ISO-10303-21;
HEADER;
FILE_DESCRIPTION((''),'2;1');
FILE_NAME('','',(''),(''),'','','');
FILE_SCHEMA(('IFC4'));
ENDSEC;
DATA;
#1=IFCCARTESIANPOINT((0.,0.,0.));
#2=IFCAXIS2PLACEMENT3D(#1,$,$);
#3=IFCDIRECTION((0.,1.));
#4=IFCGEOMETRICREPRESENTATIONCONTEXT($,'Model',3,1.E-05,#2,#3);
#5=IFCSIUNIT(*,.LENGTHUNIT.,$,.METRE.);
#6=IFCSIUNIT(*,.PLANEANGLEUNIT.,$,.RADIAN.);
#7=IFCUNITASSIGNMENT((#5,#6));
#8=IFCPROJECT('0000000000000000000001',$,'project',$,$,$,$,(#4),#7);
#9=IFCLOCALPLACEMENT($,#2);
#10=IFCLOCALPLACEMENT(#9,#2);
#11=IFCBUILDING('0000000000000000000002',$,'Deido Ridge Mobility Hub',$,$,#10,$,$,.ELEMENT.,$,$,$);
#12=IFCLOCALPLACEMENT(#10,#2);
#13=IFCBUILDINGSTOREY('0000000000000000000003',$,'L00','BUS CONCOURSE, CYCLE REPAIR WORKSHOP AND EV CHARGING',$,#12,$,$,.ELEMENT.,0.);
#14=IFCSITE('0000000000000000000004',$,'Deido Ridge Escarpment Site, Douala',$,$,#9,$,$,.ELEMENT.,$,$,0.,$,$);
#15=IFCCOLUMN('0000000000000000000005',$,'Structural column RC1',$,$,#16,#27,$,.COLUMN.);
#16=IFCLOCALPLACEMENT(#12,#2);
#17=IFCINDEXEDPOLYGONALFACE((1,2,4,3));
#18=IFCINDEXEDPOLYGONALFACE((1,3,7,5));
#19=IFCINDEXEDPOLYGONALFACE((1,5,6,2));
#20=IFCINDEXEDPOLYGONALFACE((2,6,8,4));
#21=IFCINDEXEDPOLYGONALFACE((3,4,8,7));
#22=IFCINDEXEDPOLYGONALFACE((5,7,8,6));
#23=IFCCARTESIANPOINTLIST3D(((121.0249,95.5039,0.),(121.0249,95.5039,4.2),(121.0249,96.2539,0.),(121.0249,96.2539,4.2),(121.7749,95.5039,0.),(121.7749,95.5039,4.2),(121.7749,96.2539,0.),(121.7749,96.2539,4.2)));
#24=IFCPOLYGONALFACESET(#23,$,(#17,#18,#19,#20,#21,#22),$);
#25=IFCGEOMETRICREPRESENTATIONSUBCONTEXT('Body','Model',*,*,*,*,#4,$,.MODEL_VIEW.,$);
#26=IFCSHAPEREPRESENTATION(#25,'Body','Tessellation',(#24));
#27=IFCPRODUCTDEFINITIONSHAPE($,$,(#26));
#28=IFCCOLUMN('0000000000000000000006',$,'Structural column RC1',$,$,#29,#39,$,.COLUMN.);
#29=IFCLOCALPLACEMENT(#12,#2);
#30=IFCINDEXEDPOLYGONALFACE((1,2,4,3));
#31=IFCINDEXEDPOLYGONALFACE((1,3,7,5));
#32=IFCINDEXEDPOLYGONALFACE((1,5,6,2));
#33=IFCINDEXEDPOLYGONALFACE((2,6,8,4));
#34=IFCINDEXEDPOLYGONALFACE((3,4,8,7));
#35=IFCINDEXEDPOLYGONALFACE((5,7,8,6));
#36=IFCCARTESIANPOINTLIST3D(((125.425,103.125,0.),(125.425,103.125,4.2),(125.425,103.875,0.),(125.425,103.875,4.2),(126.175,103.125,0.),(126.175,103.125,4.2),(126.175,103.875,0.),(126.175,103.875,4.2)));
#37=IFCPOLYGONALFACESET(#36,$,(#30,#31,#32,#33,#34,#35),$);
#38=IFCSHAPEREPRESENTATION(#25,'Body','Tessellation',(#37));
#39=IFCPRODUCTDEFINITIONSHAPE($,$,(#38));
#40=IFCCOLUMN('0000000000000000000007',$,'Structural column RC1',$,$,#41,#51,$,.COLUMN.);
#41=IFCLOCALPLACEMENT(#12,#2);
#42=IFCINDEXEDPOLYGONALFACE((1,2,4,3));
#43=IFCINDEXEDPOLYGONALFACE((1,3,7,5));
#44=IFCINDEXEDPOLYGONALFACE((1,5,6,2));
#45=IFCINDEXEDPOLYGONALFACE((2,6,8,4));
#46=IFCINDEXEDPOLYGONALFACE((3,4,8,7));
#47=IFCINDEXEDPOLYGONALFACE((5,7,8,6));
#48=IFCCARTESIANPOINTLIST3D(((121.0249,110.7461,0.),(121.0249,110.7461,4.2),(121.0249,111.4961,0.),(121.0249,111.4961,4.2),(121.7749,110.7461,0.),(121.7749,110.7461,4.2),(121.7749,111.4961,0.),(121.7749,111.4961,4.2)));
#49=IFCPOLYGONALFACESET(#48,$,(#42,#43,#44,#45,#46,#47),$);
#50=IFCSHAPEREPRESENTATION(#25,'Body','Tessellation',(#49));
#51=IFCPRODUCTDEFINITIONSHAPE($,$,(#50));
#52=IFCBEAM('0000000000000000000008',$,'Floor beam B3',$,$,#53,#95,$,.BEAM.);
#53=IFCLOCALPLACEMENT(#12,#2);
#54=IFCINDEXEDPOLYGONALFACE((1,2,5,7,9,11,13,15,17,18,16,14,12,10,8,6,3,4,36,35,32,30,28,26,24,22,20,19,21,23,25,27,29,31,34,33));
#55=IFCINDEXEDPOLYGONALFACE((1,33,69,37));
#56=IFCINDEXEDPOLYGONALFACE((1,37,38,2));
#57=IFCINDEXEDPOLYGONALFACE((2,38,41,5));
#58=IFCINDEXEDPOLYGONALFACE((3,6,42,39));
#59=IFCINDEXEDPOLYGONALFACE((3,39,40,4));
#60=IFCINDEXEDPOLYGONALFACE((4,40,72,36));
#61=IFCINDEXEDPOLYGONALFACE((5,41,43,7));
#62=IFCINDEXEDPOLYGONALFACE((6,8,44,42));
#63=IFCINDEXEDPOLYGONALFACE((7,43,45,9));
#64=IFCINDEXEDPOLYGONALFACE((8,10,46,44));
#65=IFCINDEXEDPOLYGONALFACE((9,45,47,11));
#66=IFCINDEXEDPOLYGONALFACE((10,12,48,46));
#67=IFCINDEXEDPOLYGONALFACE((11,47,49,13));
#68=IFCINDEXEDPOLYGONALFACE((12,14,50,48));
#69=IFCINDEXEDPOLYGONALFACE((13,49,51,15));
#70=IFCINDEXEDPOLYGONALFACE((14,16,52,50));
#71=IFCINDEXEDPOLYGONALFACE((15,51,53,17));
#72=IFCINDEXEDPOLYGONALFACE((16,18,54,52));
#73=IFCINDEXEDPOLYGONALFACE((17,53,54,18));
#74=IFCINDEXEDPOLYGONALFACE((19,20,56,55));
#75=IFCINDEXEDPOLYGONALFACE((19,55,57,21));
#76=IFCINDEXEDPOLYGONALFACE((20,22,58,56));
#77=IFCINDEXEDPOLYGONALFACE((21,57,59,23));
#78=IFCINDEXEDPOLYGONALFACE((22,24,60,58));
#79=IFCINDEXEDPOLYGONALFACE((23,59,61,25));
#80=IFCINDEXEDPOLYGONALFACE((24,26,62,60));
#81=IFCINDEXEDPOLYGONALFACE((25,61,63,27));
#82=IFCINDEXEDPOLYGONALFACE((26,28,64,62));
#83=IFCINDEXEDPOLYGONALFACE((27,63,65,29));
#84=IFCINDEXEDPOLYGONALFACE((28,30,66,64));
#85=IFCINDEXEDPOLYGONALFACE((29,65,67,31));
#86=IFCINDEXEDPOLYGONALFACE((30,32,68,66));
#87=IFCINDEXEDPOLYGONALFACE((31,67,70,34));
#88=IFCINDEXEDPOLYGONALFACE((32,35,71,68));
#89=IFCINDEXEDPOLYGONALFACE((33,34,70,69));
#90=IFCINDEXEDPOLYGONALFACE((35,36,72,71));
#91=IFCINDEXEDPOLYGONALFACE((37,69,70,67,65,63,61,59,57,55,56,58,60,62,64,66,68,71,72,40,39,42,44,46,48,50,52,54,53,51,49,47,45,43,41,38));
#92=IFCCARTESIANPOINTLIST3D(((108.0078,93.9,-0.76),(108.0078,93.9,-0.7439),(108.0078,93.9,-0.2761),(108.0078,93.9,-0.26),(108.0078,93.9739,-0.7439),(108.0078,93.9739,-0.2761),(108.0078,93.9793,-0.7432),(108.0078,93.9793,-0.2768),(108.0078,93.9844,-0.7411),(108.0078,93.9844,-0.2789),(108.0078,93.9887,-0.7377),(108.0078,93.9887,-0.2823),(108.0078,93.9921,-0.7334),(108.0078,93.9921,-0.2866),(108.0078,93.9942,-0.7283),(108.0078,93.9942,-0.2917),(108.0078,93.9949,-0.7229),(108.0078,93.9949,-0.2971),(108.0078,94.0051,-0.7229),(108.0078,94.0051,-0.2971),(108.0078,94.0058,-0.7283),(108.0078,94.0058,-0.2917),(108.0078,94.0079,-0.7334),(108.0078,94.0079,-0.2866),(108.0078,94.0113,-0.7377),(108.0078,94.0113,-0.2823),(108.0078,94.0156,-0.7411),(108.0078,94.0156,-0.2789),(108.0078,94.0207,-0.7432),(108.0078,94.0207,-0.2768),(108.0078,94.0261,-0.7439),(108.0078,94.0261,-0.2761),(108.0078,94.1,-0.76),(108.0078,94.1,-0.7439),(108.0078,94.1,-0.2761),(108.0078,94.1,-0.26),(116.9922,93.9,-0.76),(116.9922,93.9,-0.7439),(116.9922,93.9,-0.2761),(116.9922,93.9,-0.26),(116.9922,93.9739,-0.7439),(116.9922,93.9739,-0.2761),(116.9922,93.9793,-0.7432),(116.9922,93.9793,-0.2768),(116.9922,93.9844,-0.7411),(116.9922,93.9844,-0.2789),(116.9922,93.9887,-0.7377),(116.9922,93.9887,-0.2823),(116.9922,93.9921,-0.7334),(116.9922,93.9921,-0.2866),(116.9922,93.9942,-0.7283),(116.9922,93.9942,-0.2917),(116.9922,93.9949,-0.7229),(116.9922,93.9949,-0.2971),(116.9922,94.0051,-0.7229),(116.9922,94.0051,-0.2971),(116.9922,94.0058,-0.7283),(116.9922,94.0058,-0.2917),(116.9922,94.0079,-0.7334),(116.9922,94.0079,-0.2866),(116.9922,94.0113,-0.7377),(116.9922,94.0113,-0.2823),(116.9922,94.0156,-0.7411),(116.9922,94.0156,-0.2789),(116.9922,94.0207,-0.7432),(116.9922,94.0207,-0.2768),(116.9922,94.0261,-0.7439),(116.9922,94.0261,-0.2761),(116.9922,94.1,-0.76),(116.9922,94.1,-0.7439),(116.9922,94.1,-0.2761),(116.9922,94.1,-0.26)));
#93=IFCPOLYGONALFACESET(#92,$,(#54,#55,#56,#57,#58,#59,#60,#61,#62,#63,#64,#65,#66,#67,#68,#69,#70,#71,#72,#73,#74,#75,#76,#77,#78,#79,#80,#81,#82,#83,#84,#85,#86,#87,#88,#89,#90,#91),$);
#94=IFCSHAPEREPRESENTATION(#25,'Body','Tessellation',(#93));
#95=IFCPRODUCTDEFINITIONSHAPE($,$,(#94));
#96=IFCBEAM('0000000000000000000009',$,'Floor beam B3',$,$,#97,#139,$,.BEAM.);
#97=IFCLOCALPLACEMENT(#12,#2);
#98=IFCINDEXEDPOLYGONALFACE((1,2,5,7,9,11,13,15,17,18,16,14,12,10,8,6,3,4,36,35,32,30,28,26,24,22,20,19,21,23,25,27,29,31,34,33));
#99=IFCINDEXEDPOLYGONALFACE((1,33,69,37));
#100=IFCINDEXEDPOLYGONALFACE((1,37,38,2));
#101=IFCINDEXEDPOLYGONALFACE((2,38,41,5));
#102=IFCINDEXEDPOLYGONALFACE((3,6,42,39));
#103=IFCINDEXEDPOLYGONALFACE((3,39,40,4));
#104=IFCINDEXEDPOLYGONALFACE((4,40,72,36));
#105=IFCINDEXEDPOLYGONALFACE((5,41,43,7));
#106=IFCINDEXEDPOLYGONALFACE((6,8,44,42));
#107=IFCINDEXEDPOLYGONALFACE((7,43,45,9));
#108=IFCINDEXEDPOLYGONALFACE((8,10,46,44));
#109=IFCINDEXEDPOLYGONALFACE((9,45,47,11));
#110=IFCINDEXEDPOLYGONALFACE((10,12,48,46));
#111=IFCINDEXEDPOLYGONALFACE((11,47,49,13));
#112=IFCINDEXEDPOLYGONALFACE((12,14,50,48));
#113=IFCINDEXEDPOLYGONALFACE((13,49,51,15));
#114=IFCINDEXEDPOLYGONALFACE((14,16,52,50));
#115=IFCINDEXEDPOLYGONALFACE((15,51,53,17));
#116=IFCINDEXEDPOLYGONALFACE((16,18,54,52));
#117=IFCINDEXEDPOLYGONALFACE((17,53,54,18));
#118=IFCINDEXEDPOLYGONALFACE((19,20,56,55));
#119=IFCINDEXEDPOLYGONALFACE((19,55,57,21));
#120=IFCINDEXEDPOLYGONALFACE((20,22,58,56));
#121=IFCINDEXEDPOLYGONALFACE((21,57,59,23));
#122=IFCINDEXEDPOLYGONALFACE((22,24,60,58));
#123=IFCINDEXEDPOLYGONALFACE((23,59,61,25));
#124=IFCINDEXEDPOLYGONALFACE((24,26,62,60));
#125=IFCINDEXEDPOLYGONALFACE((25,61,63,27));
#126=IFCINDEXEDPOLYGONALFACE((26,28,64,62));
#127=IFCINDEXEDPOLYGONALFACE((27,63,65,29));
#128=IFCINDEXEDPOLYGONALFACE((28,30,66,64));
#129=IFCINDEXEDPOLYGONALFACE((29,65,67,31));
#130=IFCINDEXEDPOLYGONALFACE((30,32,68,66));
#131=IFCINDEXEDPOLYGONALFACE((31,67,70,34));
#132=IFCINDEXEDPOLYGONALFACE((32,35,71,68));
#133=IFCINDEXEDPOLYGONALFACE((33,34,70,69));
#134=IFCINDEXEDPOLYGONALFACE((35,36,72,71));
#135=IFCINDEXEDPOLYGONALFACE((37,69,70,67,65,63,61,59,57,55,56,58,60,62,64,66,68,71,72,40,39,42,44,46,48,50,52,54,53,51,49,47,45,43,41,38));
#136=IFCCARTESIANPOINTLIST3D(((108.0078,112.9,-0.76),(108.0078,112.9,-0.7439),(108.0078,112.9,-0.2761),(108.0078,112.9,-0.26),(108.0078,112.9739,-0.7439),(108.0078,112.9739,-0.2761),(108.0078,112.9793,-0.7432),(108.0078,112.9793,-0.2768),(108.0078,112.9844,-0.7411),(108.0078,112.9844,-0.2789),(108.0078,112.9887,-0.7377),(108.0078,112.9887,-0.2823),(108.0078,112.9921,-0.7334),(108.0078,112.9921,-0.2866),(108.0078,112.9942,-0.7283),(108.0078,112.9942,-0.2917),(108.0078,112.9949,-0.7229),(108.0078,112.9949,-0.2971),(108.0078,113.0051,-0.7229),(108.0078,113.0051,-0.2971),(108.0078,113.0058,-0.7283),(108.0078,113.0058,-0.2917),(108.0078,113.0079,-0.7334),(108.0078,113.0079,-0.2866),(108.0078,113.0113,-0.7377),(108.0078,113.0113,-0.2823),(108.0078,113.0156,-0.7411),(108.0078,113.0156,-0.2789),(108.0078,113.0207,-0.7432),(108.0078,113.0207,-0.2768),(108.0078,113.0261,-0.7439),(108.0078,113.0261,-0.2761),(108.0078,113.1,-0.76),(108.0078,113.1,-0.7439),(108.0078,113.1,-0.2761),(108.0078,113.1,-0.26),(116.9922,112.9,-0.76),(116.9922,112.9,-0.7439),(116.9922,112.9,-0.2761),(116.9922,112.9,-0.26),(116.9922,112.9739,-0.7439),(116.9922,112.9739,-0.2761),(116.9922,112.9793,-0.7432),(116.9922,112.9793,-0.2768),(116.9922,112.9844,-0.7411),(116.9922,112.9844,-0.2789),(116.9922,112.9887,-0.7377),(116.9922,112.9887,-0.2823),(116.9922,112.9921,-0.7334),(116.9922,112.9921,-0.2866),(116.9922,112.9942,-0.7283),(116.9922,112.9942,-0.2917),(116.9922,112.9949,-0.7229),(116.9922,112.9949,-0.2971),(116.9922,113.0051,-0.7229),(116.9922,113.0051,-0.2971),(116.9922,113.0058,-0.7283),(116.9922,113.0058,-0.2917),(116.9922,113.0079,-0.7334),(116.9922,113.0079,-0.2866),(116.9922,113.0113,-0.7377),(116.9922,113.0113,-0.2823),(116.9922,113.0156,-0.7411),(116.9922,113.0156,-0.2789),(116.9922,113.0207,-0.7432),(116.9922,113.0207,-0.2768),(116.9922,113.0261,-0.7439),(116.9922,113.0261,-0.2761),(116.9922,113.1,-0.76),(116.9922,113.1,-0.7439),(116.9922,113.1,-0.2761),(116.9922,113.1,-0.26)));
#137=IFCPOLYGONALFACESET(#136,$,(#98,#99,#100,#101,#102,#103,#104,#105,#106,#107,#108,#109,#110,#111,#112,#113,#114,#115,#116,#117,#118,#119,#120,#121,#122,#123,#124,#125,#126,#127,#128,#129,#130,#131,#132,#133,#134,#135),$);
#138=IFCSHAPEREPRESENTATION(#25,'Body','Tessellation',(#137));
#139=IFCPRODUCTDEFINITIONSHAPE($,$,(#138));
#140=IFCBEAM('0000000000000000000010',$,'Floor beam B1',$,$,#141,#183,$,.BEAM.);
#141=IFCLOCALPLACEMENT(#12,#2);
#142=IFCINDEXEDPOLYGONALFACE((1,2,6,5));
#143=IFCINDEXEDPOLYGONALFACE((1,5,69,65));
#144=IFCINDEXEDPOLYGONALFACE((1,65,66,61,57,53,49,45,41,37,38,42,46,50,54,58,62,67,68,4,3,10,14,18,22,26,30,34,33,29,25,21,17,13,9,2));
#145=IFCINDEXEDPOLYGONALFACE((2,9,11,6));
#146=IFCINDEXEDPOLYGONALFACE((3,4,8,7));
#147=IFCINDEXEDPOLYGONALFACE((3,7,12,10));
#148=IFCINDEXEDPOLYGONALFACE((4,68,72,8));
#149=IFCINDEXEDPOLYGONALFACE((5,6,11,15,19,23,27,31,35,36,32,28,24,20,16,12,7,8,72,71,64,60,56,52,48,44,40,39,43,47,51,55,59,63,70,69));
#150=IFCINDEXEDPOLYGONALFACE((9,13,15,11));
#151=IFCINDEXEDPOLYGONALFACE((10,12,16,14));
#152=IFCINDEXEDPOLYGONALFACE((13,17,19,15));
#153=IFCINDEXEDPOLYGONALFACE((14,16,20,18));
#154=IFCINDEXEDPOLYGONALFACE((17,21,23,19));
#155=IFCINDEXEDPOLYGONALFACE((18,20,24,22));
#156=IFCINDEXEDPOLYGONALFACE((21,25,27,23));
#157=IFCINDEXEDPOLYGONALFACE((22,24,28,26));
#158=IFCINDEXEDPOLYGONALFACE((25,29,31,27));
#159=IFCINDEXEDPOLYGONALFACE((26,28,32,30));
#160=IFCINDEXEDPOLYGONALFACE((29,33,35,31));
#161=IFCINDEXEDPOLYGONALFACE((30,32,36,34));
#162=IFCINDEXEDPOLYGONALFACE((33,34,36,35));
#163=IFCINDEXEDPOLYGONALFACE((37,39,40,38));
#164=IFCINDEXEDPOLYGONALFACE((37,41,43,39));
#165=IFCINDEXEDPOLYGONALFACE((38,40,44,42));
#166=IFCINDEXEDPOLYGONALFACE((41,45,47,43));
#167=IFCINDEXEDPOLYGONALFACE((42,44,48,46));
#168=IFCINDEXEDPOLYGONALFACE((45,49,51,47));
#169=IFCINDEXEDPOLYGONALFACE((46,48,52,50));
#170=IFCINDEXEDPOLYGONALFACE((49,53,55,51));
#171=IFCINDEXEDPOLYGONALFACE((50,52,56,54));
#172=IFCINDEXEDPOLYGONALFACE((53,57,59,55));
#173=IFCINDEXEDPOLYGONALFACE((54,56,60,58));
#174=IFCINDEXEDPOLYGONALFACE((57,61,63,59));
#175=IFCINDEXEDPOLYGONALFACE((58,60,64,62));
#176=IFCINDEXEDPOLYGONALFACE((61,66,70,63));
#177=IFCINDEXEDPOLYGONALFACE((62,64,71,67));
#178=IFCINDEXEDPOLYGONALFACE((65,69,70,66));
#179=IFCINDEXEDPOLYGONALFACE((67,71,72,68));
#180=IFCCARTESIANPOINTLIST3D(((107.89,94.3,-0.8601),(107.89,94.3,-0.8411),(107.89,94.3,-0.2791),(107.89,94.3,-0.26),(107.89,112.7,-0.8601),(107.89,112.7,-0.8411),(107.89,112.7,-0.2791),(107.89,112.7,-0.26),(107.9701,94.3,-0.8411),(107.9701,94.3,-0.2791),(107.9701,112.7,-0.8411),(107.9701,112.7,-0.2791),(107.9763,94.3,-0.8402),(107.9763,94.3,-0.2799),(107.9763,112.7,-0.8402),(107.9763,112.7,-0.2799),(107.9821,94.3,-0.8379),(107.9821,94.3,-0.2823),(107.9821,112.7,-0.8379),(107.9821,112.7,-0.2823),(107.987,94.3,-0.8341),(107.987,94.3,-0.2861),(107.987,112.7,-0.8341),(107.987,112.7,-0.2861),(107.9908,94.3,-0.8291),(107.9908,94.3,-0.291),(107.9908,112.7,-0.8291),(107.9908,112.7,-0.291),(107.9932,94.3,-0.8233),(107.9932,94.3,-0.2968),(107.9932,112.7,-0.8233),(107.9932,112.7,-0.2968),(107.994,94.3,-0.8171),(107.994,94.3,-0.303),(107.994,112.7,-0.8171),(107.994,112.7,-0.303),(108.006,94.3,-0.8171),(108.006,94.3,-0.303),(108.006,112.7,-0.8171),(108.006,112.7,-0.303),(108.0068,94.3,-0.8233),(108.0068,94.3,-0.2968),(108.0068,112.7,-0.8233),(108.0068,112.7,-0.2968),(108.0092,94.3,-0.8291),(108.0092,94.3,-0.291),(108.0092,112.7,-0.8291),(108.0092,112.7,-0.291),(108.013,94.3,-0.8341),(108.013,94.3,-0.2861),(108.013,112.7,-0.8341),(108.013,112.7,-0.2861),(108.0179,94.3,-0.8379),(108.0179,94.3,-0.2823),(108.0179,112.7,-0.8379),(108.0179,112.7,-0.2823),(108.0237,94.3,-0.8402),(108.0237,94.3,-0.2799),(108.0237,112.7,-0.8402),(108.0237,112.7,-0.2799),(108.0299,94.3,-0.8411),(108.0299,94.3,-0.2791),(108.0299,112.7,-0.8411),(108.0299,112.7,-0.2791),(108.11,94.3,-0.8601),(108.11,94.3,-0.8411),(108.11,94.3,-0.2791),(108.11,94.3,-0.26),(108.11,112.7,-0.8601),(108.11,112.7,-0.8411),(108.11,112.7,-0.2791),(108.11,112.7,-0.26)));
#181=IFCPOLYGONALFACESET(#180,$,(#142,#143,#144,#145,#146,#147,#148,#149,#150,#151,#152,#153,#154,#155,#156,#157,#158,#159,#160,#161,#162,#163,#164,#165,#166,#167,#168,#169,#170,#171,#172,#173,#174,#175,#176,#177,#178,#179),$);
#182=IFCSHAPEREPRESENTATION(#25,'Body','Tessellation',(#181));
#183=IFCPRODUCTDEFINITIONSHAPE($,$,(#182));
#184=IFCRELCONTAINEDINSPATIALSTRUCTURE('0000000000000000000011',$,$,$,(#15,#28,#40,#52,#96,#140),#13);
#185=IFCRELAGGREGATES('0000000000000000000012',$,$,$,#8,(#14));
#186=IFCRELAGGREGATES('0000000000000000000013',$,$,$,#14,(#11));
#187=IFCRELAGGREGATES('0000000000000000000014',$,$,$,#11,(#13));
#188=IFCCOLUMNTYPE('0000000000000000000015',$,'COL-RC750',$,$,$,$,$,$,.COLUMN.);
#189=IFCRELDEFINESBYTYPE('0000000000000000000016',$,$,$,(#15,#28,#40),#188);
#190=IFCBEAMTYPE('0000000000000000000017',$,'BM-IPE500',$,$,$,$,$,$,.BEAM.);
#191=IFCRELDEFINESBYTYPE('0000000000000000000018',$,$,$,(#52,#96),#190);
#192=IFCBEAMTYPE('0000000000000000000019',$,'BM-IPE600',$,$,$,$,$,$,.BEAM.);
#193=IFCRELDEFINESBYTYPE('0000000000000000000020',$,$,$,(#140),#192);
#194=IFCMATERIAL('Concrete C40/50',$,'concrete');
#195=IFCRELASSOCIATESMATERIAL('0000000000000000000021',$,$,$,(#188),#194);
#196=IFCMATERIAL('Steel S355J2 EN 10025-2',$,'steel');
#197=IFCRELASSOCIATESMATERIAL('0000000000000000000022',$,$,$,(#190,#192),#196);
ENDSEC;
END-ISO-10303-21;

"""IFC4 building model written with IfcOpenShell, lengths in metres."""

from ifc_helpers import new_model, si_unit, direction, frame, origin, origin_2d, place, context, subcontext, project, spatial, rectangle, i_section, extrude, material, material_profile, profile_set, type_object, element, save


model = new_model("IFC4")

# Units and contexts
model_context = context("Model", 3, precision=1e-05, world=origin(), true_north=direction((0.0, 1.0)))
body_context = subcontext(model_context, "Body", "Model", "MODEL_VIEW")
ifc_project = project(units=[si_unit("LENGTHUNIT", "METRE"), si_unit("PLANEANGLEUNIT", "RADIAN")], contexts=[model_context])

# Site, building, storey
site_placement = place(None, origin())
site = spatial("IfcSite", under=ifc_project, at=site_placement, Name="Deido Ridge Escarpment Site, Douala", CompositionType="ELEMENT", RefElevation=0.0)
building_placement = place(site_placement, origin())
building = spatial("IfcBuilding", under=site, at=building_placement, Name="Deido Ridge Mobility Hub", CompositionType="ELEMENT")
storey_placement = place(building_placement, origin())
storey = spatial("IfcBuildingStorey", under=building, at=storey_placement, Name="L00", Description="BUS CONCOURSE, CYCLE REPAIR WORKSHOP AND EV CHARGING", CompositionType="ELEMENT", Elevation=0.0)

# Columns
ifc_material_1 = material(Name="Steel S355J2 EN 10025-2", Category="steel")
ifc_material_2 = material(Name="Concrete C40/50", Category="concrete")
ifc_material_profile_1 = material_profile(ifc_material_2, rectangle(XDim=0.75, YDim=0.75, at=origin_2d()), Name="RC COL 750x750")
ifc_profile_set_1 = profile_set([ifc_material_profile_1], Name="Concrete C40/50")
column_type_1 = type_object("IfcColumnType", Name="COL-RC750", PredefinedType="COLUMN", material=ifc_profile_set_1)
for number, where, z_axis, x_axis, name in (
    (1, (121.3999, 95.8789, 0.0), (0.0, 0.0, 1.0), (1.0, 0.0, 0.0), "Structural column RC1"),
    (2, (125.8, 103.5, 0.0), (0.0, 0.0, 1.0), (1.0, 0.0, 0.0), "Structural column RC1"),
    (3, (121.3999, 111.1211, 0.0), (0.0, 0.0, 1.0), (1.0, 0.0, 0.0), "Structural column RC1"),
):
    element("IfcColumn", number, at=place(storey_placement, frame(where, z_axis=z_axis, x_axis=x_axis)), inside=storey, type_object=column_type_1, Name=name, PredefinedType="COLUMN", context=body_context, shape_type="SweptSolid", body=[
        extrude(rectangle(XDim=0.75, YDim=0.75, at=origin_2d()), origin(), (0.0, 0.0, 1.0), 4.2),
    ])

# Beams
ifc_material_profile_2 = material_profile(ifc_material_1, i_section(OverallWidth=0.2, OverallDepth=0.5, WebThickness=0.0103, FlangeThickness=0.0161, FilletRadius=0.021, at=origin_2d()), Name="IPE 500")
ifc_profile_set_2 = profile_set([ifc_material_profile_2], Name="Steel S355J2 EN 10025-2")
beam_type_1 = type_object("IfcBeamType", Name="BM-IPE500", PredefinedType="BEAM", material=ifc_profile_set_2)
for number, where, z_axis, x_axis, name in (
    (4, (108.0078, 94.0, -0.51), (1.0, 0.0, 0.0), (0.0, 1.0, 0.0), "Floor beam B3"),
    (5, (108.0078, 113.0, -0.51), (1.0, 0.0, 0.0), (0.0, 1.0, 0.0), "Floor beam B3"),
):
    element("IfcBeam", number, at=place(storey_placement, frame(where, z_axis=z_axis, x_axis=x_axis)), inside=storey, type_object=beam_type_1, Name=name, PredefinedType="BEAM", context=body_context, shape_type="SweptSolid", body=[
        extrude(i_section(OverallWidth=0.2, OverallDepth=0.5, WebThickness=0.0103, FlangeThickness=0.0161, FilletRadius=0.021, at=origin_2d()), origin(), (0.0, 0.0, 1.0), 8.9844),
    ])
ifc_material_profile_3 = material_profile(ifc_material_1, i_section(OverallWidth=0.22, OverallDepth=0.6001, WebThickness=0.012, FlangeThickness=0.019, FilletRadius=0.0239, at=origin_2d()), Name="IPE 600")
ifc_profile_set_3 = profile_set([ifc_material_profile_3], Name="Steel S355J2 EN 10025-2")
beam_type_2 = type_object("IfcBeamType", Name="BM-IPE600", PredefinedType="BEAM", material=ifc_profile_set_3)
beam_1_placement = place(storey_placement, frame((108.0, 94.3, -0.5601), z_axis=(0.0, 1.0, 0.0), x_axis=(-1.0, 0.0, 0.0)))
element("IfcBeam", 6, at=beam_1_placement, inside=storey, type_object=beam_type_2, Name="Floor beam B1", PredefinedType="BEAM", context=body_context, shape_type="SweptSolid", body=[
    extrude(i_section(OverallWidth=0.22, OverallDepth=0.6001, WebThickness=0.012, FlangeThickness=0.019, FilletRadius=0.0239, at=origin_2d()), origin(), (0.0, 0.0, 1.0), 18.3999),
])

save(model, "model.ifc")
